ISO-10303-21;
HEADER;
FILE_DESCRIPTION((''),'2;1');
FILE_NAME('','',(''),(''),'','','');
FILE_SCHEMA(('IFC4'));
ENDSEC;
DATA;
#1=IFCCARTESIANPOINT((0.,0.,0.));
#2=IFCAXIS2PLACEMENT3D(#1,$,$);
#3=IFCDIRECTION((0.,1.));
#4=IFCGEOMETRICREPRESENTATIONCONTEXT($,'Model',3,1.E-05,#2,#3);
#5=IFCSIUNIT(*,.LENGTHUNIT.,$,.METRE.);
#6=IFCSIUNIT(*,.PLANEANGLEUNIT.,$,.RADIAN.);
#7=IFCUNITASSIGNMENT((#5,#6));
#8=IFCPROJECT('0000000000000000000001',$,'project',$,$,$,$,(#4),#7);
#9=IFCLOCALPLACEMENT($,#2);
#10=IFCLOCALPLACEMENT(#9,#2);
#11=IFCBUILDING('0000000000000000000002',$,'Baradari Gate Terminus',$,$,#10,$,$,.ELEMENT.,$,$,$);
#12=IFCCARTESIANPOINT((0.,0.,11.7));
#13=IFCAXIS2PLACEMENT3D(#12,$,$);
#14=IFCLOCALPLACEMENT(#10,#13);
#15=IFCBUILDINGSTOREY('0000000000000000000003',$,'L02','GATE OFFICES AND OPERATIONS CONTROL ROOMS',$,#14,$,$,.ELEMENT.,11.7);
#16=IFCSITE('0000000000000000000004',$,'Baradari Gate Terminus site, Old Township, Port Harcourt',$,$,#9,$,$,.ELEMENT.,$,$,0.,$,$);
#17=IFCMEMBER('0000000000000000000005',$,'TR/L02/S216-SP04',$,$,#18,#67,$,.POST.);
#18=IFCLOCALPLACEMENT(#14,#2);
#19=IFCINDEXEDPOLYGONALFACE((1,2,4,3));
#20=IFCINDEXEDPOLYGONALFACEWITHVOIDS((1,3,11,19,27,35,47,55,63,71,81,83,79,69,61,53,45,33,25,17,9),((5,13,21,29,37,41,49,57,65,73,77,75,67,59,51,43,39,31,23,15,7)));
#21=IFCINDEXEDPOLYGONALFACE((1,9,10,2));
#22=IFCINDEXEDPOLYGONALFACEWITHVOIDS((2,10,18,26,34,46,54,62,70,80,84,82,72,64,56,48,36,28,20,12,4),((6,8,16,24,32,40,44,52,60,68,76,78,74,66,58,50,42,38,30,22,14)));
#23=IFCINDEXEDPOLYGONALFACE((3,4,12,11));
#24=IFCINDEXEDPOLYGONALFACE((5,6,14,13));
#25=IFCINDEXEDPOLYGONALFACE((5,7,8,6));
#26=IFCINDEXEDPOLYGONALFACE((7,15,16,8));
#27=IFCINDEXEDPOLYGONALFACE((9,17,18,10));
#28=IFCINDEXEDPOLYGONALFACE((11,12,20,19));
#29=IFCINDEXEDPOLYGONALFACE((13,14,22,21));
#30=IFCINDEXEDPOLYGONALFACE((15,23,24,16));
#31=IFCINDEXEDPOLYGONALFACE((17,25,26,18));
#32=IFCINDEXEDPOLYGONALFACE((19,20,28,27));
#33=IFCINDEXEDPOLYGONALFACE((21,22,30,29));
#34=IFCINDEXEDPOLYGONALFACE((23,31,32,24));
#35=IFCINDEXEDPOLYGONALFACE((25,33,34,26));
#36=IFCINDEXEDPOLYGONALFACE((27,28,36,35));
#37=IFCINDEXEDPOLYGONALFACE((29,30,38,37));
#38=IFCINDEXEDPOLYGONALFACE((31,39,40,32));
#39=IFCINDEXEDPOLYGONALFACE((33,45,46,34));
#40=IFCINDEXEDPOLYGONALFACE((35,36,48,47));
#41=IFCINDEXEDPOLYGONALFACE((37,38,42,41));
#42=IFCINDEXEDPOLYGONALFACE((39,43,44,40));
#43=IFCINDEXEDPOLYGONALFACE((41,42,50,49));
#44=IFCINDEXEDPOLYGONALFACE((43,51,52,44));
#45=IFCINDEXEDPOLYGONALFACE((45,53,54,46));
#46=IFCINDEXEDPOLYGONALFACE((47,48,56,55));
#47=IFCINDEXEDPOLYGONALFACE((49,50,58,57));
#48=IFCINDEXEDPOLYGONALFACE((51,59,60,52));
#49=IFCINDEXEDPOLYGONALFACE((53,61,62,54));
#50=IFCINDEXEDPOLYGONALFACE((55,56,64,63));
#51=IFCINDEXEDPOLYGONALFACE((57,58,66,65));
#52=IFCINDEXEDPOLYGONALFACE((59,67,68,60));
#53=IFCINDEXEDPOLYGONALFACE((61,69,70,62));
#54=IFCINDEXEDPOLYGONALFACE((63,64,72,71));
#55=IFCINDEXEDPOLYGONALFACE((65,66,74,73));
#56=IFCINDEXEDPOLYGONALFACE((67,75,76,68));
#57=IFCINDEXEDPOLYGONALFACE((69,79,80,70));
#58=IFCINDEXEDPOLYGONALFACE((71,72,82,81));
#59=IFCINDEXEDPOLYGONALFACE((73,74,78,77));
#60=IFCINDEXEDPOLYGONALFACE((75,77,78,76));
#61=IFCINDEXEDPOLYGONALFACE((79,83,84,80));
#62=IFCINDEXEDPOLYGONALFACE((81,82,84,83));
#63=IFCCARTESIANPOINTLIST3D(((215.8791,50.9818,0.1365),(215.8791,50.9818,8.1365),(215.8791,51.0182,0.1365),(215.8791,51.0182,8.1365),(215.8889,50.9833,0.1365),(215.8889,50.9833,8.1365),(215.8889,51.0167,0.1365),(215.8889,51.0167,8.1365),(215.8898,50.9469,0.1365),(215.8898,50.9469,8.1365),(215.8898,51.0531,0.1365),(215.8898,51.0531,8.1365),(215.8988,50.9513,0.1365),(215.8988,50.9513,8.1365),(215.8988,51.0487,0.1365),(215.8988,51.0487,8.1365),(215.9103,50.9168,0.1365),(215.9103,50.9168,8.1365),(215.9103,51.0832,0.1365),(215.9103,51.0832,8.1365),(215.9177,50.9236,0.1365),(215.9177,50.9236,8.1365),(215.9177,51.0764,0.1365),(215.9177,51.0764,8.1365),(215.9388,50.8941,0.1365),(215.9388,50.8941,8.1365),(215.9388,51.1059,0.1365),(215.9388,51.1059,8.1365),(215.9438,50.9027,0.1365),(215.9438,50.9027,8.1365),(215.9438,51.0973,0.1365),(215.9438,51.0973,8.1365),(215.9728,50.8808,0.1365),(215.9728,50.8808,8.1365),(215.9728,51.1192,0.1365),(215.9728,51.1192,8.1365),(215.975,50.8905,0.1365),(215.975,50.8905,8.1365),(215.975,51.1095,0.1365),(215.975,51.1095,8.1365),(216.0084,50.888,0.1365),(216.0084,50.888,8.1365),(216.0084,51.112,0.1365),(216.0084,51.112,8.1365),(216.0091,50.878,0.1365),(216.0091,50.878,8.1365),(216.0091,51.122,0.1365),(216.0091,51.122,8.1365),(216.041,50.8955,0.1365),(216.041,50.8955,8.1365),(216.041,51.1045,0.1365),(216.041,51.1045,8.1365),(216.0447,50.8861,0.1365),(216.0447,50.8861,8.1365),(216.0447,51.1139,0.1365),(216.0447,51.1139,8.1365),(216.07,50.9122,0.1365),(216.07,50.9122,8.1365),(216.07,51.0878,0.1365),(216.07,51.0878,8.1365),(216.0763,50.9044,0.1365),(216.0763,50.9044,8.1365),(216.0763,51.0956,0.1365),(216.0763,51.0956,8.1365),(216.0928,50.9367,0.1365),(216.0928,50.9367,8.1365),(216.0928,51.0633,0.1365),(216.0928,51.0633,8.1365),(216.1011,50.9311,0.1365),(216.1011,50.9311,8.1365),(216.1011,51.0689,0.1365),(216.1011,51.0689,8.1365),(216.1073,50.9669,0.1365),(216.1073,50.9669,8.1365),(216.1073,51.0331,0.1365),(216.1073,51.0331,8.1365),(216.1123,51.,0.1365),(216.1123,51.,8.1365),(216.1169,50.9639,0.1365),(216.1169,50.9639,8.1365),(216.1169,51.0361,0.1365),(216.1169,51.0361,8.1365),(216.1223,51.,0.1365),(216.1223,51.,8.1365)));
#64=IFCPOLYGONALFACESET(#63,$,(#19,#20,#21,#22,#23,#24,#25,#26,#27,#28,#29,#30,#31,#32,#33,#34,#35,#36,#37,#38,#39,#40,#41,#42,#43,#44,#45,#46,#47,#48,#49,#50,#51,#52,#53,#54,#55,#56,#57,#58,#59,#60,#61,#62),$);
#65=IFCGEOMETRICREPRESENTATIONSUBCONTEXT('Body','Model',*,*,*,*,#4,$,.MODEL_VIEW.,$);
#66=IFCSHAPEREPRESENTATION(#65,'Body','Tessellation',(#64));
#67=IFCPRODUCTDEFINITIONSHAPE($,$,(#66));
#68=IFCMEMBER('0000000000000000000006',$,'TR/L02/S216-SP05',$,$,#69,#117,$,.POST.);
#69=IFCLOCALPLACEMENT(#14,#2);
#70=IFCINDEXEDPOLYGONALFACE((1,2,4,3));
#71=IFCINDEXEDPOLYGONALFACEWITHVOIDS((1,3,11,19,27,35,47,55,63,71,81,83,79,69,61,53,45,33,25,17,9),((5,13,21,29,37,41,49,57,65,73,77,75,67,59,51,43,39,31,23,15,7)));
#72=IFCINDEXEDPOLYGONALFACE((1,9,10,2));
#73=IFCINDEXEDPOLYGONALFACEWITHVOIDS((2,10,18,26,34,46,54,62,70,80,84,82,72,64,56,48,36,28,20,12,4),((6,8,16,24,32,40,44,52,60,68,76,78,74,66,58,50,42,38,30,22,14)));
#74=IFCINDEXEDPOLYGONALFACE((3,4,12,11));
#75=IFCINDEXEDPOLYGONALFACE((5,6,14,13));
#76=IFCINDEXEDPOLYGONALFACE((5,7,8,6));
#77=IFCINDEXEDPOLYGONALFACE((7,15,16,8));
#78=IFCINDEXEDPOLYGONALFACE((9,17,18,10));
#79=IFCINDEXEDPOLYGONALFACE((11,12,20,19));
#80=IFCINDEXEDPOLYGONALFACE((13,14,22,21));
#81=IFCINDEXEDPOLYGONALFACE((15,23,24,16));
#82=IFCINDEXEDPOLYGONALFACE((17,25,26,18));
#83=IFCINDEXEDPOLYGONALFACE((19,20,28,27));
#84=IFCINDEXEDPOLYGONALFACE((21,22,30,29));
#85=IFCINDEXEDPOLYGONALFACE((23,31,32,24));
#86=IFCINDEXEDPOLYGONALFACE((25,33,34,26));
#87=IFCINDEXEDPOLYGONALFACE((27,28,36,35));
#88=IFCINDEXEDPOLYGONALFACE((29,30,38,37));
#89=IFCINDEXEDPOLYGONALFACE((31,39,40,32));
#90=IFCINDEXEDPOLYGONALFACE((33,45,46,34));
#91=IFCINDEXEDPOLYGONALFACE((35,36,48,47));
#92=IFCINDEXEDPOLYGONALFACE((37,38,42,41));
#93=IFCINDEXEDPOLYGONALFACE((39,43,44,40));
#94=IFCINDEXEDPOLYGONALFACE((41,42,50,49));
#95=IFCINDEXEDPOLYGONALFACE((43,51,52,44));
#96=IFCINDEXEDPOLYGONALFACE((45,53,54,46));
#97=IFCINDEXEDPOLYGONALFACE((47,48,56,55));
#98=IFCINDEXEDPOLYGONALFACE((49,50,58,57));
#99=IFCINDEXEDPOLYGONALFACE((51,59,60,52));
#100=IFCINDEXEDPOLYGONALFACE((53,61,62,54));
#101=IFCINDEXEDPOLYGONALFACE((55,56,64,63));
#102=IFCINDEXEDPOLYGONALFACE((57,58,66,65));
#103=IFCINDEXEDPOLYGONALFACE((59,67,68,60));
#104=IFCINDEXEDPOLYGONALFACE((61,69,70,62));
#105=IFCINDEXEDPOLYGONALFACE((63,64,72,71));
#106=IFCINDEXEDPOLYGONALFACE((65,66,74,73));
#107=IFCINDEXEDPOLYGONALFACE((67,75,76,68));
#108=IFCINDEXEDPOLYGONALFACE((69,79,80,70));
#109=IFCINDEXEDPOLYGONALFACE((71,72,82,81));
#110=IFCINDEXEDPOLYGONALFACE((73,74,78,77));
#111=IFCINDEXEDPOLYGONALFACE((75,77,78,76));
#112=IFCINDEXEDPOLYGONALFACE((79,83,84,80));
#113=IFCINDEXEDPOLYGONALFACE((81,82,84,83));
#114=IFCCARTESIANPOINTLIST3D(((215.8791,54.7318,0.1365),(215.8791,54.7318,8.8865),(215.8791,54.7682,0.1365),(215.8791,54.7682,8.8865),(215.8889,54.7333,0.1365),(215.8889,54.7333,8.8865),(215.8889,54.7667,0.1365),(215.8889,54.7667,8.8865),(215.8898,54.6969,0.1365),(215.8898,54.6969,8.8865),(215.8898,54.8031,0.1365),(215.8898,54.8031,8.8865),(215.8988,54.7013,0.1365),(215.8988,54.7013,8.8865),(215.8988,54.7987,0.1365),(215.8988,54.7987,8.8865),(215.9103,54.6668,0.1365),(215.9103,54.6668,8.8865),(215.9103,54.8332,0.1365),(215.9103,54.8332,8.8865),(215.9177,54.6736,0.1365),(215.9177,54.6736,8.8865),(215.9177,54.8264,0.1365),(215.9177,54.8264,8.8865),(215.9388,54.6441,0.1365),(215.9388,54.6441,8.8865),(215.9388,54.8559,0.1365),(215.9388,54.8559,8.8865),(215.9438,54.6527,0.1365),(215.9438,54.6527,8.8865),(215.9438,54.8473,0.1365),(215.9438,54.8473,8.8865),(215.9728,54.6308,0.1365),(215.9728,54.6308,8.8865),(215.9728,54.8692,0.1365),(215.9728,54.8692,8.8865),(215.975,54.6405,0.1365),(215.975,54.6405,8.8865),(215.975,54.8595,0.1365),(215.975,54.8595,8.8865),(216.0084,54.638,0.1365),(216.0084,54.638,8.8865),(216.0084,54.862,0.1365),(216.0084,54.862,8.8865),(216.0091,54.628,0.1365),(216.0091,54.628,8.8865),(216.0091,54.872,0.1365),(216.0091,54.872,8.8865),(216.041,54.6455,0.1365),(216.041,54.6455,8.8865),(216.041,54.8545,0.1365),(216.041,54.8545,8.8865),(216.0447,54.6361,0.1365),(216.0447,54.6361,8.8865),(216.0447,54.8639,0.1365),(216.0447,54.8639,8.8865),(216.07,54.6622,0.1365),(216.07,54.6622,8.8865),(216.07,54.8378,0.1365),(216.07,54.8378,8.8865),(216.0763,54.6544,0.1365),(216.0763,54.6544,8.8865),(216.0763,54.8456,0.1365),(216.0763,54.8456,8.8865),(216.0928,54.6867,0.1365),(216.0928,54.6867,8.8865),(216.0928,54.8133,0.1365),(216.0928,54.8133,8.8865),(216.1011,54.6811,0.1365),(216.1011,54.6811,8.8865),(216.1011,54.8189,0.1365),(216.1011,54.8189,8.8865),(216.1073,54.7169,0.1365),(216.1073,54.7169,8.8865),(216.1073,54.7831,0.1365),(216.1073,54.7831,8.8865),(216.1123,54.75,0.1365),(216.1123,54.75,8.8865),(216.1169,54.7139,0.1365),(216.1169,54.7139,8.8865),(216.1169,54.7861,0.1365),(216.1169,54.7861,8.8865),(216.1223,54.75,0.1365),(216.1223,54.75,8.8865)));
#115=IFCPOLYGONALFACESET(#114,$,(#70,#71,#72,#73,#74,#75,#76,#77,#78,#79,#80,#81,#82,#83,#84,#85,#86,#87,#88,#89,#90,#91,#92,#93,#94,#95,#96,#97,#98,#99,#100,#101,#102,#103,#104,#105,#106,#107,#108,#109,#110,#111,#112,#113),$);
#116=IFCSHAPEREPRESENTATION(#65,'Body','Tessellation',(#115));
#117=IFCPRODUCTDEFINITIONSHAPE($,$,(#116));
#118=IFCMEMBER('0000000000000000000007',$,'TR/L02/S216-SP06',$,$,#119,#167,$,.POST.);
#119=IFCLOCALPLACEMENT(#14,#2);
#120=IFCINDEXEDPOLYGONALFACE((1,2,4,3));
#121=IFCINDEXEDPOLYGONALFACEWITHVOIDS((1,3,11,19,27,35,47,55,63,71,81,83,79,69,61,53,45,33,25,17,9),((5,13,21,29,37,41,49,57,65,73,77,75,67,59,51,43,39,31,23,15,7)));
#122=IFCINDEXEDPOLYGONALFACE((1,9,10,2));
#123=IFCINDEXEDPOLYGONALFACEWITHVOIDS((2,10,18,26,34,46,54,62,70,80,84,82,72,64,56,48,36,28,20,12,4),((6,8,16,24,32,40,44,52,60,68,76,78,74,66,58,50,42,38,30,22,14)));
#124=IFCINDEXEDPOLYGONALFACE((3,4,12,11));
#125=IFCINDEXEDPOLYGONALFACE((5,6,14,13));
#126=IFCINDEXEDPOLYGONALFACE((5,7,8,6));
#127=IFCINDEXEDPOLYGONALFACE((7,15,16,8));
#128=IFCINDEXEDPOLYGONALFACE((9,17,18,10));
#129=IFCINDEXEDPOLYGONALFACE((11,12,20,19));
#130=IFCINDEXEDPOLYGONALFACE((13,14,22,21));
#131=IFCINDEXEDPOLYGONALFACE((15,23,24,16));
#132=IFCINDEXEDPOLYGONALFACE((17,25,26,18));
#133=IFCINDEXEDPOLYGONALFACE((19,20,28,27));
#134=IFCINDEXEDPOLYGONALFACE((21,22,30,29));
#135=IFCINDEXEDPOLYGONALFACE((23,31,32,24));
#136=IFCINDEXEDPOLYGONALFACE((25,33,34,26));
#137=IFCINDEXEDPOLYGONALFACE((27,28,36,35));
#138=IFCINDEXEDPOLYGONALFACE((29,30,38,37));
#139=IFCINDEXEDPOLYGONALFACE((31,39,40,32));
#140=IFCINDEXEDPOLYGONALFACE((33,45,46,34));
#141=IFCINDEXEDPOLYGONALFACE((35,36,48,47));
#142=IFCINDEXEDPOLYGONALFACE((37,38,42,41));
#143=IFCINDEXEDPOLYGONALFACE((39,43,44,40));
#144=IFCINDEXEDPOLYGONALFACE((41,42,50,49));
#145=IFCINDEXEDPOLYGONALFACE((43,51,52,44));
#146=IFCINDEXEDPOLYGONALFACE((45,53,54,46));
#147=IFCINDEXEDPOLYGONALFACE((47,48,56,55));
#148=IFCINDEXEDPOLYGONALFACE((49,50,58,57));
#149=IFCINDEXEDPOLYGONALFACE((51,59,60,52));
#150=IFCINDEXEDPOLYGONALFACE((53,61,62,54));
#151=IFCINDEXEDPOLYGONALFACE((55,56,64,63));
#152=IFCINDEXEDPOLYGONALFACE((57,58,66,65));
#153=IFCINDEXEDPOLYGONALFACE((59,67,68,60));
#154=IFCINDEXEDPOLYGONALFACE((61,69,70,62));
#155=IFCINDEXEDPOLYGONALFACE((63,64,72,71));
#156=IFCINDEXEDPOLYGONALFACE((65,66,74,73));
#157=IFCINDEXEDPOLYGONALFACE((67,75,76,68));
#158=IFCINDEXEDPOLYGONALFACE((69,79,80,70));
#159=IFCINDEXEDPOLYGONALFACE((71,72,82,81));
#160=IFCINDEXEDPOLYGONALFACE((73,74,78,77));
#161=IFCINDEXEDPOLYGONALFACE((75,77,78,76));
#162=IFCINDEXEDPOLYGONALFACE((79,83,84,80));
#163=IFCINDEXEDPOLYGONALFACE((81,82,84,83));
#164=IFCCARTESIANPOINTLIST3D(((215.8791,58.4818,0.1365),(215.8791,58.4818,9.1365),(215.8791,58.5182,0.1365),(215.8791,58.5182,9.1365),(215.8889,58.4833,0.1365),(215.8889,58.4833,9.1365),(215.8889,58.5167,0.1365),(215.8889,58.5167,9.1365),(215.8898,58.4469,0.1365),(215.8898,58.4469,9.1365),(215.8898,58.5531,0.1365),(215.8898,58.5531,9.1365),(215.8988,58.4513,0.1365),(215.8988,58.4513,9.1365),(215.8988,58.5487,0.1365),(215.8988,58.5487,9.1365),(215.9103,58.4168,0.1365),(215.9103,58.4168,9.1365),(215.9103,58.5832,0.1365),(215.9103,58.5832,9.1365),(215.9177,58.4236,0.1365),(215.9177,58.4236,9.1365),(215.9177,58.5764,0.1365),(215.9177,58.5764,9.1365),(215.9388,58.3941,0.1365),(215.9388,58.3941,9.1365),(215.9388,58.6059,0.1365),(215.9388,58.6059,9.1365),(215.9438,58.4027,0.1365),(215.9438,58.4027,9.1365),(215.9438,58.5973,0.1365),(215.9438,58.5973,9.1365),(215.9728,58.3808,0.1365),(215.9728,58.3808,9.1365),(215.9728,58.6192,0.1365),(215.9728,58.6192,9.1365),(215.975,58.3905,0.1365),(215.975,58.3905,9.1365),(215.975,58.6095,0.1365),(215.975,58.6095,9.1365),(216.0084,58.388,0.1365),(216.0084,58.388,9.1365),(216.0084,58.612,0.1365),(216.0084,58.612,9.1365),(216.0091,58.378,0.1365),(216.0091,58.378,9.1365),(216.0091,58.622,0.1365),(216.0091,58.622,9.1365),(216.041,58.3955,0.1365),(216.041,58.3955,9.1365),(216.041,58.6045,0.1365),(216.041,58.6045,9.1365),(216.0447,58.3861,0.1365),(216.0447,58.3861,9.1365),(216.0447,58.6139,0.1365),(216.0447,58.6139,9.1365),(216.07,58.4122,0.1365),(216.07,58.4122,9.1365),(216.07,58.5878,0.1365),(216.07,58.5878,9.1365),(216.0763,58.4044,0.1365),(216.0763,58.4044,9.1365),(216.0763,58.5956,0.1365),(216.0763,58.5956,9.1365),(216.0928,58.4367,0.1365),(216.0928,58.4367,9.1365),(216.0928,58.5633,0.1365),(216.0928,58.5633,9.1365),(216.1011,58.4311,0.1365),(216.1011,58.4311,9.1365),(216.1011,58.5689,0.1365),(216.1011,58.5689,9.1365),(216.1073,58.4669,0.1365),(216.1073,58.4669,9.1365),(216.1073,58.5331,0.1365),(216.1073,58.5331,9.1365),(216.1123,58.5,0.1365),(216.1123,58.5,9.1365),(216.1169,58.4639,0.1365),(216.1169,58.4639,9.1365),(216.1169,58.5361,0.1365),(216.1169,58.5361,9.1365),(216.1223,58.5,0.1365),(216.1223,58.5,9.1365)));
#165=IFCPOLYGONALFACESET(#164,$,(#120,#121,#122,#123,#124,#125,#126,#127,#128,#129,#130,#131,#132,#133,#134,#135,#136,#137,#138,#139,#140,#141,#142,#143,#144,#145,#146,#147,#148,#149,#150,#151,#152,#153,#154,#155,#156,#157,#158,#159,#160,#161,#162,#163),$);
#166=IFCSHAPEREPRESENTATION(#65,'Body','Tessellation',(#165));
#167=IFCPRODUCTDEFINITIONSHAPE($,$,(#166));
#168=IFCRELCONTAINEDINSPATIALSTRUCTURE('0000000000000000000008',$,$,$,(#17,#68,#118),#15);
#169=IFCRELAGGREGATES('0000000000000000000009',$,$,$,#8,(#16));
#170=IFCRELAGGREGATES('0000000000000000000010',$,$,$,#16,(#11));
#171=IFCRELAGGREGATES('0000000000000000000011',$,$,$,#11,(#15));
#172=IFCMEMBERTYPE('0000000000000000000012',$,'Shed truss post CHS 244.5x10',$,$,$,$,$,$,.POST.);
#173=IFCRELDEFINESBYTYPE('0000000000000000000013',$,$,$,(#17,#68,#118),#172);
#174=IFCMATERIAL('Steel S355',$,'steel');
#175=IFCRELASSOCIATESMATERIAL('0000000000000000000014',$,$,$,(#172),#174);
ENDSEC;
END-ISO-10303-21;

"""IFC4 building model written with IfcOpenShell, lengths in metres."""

from ifc_helpers import new_model, si_unit, direction, frame, origin, origin_2d, place, context, subcontext, project, spatial, hollow_circle, extrude, material, material_profile, profile_set, type_object, element, save


model = new_model("IFC4")

# Units and contexts
model_context = context("Model", 3, precision=1e-05, world=origin(), true_north=direction((0.0, 1.0)))
body_context = subcontext(model_context, "Body", "Model", "MODEL_VIEW")
ifc_project = project(units=[si_unit("LENGTHUNIT", "METRE"), si_unit("PLANEANGLEUNIT", "RADIAN")], contexts=[model_context])

# Site, building, storey
site_placement = place(None, origin())
site = spatial("IfcSite", under=ifc_project, at=site_placement, Name="Baradari Gate Terminus site, Old Township, Port Harcourt", CompositionType="ELEMENT", RefElevation=0.0)
building_placement = place(site_placement, origin())
building = spatial("IfcBuilding", under=site, at=building_placement, Name="Baradari Gate Terminus", CompositionType="ELEMENT")
storey_placement = place(building_placement, frame((0.0, 0.0, 11.7)))
storey = spatial("IfcBuildingStorey", under=building, at=storey_placement, Name="L02", Description="GATE OFFICES AND OPERATIONS CONTROL ROOMS", CompositionType="ELEMENT", Elevation=11.7)

# Members
ifc_material_1 = material(Name="Steel S355", Category="steel")
ifc_material_profile_1 = material_profile(ifc_material_1, hollow_circle(Radius=0.1223, WallThickness=0.01, at=origin_2d()), Name="CHS 244.5x10")
ifc_profile_set_1 = profile_set([ifc_material_profile_1], Name="Steel S355")
member_type_1 = type_object("IfcMemberType", Name="Shed truss post CHS 244.5x10", PredefinedType="POST", material=ifc_profile_set_1)
member_1_placement = place(storey_placement, frame((216.0, 51.0, 0.1365), z_axis=(0.0, 0.0, 1.0), x_axis=(1.0, 0.0, 0.0)))
element("IfcMember", 1, at=member_1_placement, inside=storey, type_object=member_type_1, Name="TR/L02/S216-SP04", PredefinedType="POST", context=body_context, shape_type="SweptSolid", body=[
    extrude(hollow_circle(Radius=0.1223, WallThickness=0.01, at=origin_2d()), origin(), (0.0, 0.0, 1.0), 8.0),
])
member_2_placement = place(storey_placement, frame((216.0, 54.75, 0.1365), z_axis=(0.0, 0.0, 1.0), x_axis=(1.0, 0.0, 0.0)))
element("IfcMember", 2, at=member_2_placement, inside=storey, type_object=member_type_1, Name="TR/L02/S216-SP05", PredefinedType="POST", context=body_context, shape_type="SweptSolid", body=[
    extrude(hollow_circle(Radius=0.1223, WallThickness=0.01, at=origin_2d()), origin(), (0.0, 0.0, 1.0), 8.75),
])
member_3_placement = place(storey_placement, frame((216.0, 58.5, 0.1365), z_axis=(0.0, 0.0, 1.0), x_axis=(1.0, 0.0, 0.0)))
element("IfcMember", 3, at=member_3_placement, inside=storey, type_object=member_type_1, Name="TR/L02/S216-SP06", PredefinedType="POST", context=body_context, shape_type="SweptSolid", body=[
    extrude(hollow_circle(Radius=0.1223, WallThickness=0.01, at=origin_2d()), origin(), (0.0, 0.0, 1.0), 9.0),
])

save(model, "model.ifc")
